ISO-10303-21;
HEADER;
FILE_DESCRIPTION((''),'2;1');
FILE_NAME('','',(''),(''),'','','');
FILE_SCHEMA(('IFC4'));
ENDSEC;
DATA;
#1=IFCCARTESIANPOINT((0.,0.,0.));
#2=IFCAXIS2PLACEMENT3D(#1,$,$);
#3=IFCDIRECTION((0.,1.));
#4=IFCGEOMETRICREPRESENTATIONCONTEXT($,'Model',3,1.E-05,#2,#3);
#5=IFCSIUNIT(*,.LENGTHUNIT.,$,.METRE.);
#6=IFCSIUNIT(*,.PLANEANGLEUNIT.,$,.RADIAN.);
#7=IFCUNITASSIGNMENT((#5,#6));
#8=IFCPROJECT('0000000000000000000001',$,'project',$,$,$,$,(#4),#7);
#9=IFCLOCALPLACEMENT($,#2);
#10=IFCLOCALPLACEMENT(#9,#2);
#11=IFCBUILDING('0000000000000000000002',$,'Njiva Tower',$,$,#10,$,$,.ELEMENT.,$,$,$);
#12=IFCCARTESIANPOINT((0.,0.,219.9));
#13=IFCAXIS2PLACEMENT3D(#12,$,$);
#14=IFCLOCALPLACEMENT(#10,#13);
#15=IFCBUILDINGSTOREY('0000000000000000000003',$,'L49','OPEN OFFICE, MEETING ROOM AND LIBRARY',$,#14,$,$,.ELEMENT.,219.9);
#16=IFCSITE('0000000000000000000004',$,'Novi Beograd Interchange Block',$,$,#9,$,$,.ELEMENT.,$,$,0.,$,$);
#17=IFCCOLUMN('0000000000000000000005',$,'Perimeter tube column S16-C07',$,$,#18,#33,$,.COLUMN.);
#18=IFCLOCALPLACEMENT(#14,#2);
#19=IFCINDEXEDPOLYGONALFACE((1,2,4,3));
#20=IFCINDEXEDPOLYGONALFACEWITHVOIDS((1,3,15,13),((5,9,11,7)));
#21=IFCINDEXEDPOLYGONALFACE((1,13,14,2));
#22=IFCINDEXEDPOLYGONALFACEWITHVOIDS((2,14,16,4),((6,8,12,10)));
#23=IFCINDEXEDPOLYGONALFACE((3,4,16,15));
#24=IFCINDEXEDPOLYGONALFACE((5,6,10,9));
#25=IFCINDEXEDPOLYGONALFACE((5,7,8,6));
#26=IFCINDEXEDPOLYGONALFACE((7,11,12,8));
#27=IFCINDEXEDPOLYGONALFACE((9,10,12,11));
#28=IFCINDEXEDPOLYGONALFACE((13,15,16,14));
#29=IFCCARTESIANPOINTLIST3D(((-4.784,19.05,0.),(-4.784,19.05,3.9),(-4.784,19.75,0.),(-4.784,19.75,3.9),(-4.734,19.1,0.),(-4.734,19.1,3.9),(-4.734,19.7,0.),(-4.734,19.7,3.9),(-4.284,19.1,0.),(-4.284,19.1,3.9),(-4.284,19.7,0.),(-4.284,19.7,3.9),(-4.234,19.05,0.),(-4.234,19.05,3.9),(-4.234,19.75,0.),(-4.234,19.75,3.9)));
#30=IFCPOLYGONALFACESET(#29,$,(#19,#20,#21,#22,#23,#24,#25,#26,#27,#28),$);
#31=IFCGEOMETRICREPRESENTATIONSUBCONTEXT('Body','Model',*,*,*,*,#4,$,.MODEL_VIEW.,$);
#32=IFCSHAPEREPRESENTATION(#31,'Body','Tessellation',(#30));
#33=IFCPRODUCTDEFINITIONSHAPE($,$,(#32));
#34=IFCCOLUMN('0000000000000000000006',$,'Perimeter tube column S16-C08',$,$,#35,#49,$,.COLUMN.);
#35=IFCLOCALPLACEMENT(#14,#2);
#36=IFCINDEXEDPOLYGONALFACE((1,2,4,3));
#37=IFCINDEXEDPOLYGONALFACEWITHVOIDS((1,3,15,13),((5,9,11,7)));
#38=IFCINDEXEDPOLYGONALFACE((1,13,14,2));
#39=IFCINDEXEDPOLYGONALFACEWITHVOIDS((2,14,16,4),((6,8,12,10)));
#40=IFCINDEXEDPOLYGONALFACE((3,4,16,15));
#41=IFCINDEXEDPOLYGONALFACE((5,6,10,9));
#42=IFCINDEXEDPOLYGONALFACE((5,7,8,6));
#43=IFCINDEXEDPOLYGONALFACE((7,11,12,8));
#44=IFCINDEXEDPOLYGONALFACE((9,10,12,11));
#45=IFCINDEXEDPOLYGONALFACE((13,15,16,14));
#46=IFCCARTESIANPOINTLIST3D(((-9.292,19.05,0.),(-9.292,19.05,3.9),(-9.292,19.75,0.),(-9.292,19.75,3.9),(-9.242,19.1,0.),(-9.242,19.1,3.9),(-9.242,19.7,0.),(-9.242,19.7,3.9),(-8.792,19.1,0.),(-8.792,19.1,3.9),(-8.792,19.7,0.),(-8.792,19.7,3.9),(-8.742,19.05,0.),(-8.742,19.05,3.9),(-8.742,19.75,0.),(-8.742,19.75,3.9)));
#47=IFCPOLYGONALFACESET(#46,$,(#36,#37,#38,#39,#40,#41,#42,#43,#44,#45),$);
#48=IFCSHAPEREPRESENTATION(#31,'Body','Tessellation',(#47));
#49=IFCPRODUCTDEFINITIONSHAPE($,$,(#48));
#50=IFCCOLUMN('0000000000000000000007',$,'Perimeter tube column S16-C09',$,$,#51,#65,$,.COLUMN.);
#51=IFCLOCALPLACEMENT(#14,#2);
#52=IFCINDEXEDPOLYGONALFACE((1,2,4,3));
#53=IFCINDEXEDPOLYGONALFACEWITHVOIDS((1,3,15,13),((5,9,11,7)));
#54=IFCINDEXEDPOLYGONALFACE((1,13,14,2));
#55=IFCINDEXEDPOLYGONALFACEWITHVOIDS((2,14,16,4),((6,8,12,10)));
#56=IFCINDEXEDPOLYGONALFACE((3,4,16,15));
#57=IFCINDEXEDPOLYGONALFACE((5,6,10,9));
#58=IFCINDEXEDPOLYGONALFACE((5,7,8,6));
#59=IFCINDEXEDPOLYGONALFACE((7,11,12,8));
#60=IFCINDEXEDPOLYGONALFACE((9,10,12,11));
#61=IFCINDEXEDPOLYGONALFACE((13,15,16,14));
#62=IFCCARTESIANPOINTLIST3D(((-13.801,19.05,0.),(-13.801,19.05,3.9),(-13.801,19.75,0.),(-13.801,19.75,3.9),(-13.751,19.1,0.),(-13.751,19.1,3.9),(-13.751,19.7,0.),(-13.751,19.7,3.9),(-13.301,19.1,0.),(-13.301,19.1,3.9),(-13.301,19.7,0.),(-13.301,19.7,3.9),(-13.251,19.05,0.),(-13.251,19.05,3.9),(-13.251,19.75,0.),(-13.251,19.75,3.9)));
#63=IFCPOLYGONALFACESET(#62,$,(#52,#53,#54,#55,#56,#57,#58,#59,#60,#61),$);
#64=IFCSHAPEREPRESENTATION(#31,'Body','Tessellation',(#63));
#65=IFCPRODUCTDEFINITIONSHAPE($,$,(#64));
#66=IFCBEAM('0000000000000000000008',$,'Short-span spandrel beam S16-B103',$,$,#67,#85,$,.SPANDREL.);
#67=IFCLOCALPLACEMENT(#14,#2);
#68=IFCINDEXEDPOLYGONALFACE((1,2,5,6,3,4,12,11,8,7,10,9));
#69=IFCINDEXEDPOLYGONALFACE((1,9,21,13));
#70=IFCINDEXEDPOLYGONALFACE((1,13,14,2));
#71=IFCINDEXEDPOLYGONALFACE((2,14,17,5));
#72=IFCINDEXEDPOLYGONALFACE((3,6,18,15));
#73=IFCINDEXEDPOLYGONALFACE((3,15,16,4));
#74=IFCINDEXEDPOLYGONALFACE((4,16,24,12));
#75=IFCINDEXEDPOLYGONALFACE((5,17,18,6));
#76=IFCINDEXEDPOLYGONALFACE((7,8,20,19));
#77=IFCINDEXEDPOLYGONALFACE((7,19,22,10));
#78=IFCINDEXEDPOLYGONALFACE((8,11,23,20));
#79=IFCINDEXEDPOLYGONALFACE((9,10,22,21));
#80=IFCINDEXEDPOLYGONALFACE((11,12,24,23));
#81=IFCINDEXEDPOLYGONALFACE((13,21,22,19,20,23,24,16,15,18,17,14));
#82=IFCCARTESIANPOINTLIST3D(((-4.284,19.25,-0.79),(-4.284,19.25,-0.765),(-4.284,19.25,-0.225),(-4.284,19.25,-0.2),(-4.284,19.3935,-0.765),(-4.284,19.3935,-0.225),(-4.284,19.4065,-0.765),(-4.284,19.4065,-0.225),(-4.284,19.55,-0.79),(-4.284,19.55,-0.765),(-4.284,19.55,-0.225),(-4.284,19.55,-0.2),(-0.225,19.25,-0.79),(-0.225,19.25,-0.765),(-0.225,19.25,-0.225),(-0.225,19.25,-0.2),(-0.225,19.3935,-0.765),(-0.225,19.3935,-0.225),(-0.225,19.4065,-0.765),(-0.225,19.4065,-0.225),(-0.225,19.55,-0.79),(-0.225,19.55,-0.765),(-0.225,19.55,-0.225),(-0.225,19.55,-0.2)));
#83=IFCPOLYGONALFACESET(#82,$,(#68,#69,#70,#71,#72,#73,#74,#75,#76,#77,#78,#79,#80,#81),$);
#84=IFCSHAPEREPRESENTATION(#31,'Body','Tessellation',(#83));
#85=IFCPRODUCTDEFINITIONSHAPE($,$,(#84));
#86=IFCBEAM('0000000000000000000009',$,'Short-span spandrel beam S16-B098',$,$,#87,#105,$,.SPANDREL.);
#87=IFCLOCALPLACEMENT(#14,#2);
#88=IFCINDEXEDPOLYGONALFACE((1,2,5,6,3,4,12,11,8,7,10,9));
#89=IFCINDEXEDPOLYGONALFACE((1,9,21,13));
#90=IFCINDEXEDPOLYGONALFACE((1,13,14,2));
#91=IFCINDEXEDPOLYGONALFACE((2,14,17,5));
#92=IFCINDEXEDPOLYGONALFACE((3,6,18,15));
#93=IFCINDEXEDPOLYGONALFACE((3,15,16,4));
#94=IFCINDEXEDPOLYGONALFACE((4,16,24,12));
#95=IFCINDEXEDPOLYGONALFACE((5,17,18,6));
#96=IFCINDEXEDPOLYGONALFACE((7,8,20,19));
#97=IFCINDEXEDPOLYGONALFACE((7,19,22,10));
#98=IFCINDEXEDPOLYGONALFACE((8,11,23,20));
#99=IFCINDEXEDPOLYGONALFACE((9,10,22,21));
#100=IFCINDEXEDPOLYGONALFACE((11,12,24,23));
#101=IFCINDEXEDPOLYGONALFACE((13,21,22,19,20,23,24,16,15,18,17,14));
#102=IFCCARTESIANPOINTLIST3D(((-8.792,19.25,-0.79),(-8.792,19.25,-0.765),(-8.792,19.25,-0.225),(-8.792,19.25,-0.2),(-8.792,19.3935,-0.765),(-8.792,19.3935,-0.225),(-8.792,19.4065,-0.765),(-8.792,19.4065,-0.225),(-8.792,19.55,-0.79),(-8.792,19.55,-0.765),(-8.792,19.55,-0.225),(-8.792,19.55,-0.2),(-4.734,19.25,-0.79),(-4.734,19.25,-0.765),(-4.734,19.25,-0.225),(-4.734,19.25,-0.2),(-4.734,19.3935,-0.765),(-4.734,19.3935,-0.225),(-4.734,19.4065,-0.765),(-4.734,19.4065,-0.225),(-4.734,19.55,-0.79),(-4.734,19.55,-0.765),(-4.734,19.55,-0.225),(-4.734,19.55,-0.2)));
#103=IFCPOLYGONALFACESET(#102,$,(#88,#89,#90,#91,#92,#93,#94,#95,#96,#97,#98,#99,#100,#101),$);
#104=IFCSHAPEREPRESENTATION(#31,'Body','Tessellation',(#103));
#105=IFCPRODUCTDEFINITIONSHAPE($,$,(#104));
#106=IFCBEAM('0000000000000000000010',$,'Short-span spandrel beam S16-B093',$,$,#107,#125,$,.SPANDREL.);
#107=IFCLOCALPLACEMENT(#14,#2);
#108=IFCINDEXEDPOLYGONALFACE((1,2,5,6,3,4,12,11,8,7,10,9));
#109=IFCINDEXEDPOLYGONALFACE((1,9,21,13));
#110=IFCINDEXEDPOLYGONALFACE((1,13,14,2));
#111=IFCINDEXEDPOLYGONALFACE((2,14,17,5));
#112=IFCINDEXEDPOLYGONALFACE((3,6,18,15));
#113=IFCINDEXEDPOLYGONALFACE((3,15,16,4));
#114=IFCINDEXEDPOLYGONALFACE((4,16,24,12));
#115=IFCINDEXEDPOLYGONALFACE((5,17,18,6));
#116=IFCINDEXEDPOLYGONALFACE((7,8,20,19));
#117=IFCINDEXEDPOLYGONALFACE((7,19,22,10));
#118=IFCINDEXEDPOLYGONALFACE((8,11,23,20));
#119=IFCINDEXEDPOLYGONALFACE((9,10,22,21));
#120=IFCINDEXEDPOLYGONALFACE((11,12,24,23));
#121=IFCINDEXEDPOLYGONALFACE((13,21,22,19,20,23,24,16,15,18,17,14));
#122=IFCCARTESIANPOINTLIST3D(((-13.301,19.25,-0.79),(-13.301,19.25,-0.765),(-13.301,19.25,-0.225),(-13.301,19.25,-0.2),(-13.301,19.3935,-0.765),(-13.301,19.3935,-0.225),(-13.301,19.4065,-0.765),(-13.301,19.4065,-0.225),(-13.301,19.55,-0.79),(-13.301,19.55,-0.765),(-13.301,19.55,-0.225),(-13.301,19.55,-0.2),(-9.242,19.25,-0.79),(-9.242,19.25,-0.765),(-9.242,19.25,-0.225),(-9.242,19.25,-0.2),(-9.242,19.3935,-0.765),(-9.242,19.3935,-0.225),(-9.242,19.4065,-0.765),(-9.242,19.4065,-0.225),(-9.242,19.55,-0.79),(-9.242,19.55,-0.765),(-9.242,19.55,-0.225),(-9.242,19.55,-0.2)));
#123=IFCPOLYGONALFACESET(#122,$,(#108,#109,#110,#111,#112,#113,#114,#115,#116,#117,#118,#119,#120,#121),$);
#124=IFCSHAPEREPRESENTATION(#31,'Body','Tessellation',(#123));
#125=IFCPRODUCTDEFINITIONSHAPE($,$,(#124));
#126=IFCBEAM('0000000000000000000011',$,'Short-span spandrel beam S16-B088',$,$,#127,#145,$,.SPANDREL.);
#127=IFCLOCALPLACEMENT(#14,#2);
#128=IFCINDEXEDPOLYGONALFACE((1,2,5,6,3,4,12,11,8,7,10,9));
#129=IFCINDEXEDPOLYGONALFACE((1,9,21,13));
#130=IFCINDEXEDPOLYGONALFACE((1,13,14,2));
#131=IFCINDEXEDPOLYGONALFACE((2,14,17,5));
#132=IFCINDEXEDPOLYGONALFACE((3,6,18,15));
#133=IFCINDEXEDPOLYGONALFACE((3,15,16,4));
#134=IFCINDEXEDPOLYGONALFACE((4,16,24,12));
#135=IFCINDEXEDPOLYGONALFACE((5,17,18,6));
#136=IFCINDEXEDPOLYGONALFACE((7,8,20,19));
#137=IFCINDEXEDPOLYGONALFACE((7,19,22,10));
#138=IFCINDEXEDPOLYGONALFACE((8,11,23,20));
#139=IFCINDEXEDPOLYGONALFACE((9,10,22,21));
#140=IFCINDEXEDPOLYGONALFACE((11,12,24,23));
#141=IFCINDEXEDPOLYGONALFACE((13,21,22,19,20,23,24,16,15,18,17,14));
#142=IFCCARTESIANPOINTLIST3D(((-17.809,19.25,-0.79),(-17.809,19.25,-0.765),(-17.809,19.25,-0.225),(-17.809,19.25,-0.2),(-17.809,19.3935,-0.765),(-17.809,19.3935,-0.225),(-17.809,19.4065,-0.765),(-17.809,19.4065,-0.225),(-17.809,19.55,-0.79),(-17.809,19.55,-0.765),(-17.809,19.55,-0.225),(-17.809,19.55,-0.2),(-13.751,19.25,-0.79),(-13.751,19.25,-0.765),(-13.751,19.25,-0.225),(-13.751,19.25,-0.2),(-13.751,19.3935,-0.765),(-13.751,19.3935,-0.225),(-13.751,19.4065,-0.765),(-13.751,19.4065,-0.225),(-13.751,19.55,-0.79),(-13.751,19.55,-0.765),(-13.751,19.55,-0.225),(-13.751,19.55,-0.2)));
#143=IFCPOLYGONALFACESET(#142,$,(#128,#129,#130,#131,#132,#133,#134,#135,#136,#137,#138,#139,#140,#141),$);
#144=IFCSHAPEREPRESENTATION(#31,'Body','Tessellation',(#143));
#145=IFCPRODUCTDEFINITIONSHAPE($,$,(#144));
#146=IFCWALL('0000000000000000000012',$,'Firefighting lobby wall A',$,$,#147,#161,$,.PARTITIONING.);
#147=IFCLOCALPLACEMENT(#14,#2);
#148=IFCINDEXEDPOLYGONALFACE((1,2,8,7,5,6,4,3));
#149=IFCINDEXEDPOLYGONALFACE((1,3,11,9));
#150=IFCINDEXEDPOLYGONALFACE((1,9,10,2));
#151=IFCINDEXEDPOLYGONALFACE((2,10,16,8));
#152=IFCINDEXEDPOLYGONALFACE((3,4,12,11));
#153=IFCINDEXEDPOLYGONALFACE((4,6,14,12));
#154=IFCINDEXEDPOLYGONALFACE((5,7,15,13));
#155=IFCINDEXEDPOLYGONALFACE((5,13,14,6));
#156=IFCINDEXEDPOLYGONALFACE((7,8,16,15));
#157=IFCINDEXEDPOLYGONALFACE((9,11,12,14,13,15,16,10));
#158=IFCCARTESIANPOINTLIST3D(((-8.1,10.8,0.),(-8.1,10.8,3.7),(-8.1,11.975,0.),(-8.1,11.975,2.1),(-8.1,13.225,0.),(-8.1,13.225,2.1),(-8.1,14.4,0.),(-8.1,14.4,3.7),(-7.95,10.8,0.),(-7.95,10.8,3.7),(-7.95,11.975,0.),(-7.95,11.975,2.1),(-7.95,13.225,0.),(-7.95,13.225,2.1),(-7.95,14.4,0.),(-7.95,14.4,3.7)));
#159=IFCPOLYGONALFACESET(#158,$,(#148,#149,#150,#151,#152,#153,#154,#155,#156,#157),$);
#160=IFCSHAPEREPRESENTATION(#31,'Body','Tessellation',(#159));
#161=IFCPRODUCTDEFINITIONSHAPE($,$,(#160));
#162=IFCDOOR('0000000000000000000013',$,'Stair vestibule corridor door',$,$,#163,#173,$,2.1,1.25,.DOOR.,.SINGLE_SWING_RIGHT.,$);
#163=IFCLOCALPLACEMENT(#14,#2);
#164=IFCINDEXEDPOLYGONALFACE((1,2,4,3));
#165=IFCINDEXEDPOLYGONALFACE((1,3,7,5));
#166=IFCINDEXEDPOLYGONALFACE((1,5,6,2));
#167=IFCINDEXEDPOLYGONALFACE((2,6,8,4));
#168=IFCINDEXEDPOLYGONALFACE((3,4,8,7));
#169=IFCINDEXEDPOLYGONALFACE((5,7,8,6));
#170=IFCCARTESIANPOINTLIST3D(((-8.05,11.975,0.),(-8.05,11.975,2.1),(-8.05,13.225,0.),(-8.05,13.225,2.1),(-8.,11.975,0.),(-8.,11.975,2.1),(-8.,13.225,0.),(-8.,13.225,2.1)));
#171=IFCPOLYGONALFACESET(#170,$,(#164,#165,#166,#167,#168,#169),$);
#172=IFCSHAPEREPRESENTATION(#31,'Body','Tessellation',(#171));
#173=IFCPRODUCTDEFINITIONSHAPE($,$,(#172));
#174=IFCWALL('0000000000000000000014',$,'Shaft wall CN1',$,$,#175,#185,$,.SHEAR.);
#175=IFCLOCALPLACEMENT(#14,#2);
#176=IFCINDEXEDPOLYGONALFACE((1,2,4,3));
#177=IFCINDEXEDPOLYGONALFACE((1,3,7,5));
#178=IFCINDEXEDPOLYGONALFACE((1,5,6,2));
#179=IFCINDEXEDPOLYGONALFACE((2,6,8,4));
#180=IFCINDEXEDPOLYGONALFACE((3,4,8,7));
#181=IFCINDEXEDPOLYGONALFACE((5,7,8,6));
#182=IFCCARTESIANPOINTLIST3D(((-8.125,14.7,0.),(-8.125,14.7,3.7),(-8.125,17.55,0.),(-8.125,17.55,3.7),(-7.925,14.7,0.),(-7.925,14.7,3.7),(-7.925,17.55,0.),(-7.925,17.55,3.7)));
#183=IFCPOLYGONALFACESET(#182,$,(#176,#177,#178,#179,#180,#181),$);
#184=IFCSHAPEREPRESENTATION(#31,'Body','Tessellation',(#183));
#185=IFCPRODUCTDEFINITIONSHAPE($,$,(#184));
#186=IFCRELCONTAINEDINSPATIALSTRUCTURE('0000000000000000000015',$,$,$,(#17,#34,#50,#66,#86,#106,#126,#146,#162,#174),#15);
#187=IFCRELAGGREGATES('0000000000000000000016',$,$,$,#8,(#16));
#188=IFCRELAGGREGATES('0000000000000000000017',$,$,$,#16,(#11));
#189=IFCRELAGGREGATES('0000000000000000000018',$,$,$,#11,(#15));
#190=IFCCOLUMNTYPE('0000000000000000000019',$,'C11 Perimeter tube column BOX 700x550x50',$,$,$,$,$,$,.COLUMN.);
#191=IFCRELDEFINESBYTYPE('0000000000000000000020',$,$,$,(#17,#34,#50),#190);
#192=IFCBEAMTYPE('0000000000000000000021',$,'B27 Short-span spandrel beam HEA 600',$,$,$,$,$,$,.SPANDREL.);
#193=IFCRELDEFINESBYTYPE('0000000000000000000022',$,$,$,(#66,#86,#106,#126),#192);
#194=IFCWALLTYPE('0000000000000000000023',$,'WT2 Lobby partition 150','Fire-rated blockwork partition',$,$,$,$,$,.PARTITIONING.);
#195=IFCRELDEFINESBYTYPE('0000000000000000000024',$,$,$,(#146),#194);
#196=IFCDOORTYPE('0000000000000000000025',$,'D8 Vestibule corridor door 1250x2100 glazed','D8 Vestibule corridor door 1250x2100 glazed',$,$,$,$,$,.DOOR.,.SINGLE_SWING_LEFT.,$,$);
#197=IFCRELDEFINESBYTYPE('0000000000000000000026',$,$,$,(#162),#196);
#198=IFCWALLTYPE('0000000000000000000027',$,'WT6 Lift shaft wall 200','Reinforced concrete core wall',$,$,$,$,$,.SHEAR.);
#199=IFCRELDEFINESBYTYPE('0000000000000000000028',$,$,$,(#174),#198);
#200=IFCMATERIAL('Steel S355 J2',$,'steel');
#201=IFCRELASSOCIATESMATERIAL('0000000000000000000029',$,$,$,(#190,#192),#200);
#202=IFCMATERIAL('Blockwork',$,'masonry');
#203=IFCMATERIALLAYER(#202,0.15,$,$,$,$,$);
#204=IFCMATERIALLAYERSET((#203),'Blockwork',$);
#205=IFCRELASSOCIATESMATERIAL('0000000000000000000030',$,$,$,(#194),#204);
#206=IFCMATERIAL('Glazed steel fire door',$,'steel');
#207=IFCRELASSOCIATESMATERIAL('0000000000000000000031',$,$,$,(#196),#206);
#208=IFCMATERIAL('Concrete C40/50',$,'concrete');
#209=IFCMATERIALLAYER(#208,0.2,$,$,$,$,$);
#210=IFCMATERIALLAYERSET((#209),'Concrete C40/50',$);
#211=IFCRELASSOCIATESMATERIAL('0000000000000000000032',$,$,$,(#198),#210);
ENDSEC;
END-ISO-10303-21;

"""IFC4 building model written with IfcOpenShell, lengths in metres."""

from ifc_helpers import new_model, si_unit, direction, frame, frame_2d, origin, origin_2d, place, context, subcontext, project, spatial, rectangle, hollow_rectangle, i_section, extrude, material, layer, layer_set, material_profile, profile_set, type_object, element, fill, save


model = new_model("IFC4")

# Units and contexts
model_context = context("Model", 3, precision=1e-05, world=origin(), true_north=direction((0.0, 1.0)))
body_context = subcontext(model_context, "Body", "Model", "MODEL_VIEW")
ifc_project = project(units=[si_unit("LENGTHUNIT", "METRE"), si_unit("PLANEANGLEUNIT", "RADIAN")], contexts=[model_context])

# Site, building, storey
site_placement = place(None, origin())
site = spatial("IfcSite", under=ifc_project, at=site_placement, Name="Novi Beograd Interchange Block", CompositionType="ELEMENT", RefElevation=0.0)
building_placement = place(site_placement, origin())
building = spatial("IfcBuilding", under=site, at=building_placement, Name="Njiva Tower", CompositionType="ELEMENT")
storey_placement = place(building_placement, frame((0.0, 0.0, 219.9)))
storey = spatial("IfcBuildingStorey", under=building, at=storey_placement, Name="L49", Description="OPEN OFFICE, MEETING ROOM AND LIBRARY", CompositionType="ELEMENT", Elevation=219.9)

# Columns
ifc_material_1 = material(Name="Steel S355 J2", Category="steel")
ifc_material_profile_1 = material_profile(ifc_material_1, hollow_rectangle(XDim=0.55, YDim=0.7, WallThickness=0.05, at=origin_2d()), Name="BOX 700x550x50")
ifc_profile_set_1 = profile_set([ifc_material_profile_1], Name="Steel S355 J2")
column_type = type_object("IfcColumnType", Name="C11 Perimeter tube column BOX 700x550x50", PredefinedType="COLUMN", material=ifc_profile_set_1)
for number, where, z_axis, x_axis, name in (
    (1, (-4.509, 19.4, 0.0), (0.0, 0.0, 1.0), (-1.0, 0.0, 0.0), "Perimeter tube column S16-C07"),
    (2, (-9.017, 19.4, 0.0), (0.0, 0.0, 1.0), (-1.0, 0.0, 0.0), "Perimeter tube column S16-C08"),
    (3, (-13.526, 19.4, 0.0), (0.0, 0.0, 1.0), (-1.0, 0.0, 0.0), "Perimeter tube column S16-C09"),
):
    element("IfcColumn", number, at=place(storey_placement, frame(where, z_axis=z_axis, x_axis=x_axis)), inside=storey, type_object=column_type, Name=name, PredefinedType="COLUMN", context=body_context, shape_type="SweptSolid", body=[
        extrude(hollow_rectangle(XDim=0.55, YDim=0.7, WallThickness=0.05, at=origin_2d()), origin(), (0.0, 0.0, 1.0), 3.9),
    ])

# Beams
ifc_material_profile_2 = material_profile(ifc_material_1, i_section(OverallWidth=0.3, OverallDepth=0.59, WebThickness=0.013, FlangeThickness=0.025, at=origin_2d()), Name="HEA 600")
ifc_profile_set_2 = profile_set([ifc_material_profile_2], Name="Steel S355 J2")
beam_type = type_object("IfcBeamType", Name="B27 Short-span spandrel beam HEA 600", PredefinedType="SPANDREL", material=ifc_profile_set_2)
beam_1_placement = place(storey_placement, frame((-0.225, 19.4, -0.495), z_axis=(-1.0, 0.0, 0.0), x_axis=(0.0, -1.0, 0.0)))
element("IfcBeam", 4, at=beam_1_placement, inside=storey, type_object=beam_type, Name="Short-span spandrel beam S16-B103", PredefinedType="SPANDREL", context=body_context, shape_type="SweptSolid", body=[
    extrude(i_section(OverallWidth=0.3, OverallDepth=0.59, WebThickness=0.013, FlangeThickness=0.025, at=origin_2d()), origin(), (0.0, 0.0, 1.0), 4.059),
])
beam_2_placement = place(storey_placement, frame((-4.734, 19.4, -0.495), z_axis=(-1.0, 0.0, 0.0), x_axis=(0.0, -1.0, 0.0)))
element("IfcBeam", 5, at=beam_2_placement, inside=storey, type_object=beam_type, Name="Short-span spandrel beam S16-B098", PredefinedType="SPANDREL", context=body_context, shape_type="SweptSolid", body=[
    extrude(i_section(OverallWidth=0.3, OverallDepth=0.59, WebThickness=0.013, FlangeThickness=0.025, at=origin_2d()), origin(), (0.0, 0.0, 1.0), 4.058),
])
beam_3_placement = place(storey_placement, frame((-9.242, 19.4, -0.495), z_axis=(-1.0, 0.0, 0.0), x_axis=(0.0, -1.0, 0.0)))
element("IfcBeam", 6, at=beam_3_placement, inside=storey, type_object=beam_type, Name="Short-span spandrel beam S16-B093", PredefinedType="SPANDREL", context=body_context, shape_type="SweptSolid", body=[
    extrude(i_section(OverallWidth=0.3, OverallDepth=0.59, WebThickness=0.013, FlangeThickness=0.025, at=origin_2d()), origin(), (0.0, 0.0, 1.0), 4.059),
])
beam_4_placement = place(storey_placement, frame((-13.751, 19.4, -0.495), z_axis=(-1.0, 0.0, 0.0), x_axis=(0.0, -1.0, 0.0)))
element("IfcBeam", 7, at=beam_4_placement, inside=storey, type_object=beam_type, Name="Short-span spandrel beam S16-B088", PredefinedType="SPANDREL", context=body_context, shape_type="SweptSolid", body=[
    extrude(i_section(OverallWidth=0.3, OverallDepth=0.59, WebThickness=0.013, FlangeThickness=0.025, at=origin_2d()), origin(), (0.0, 0.0, 1.0), 4.058),
])

# Wall, opening, door
ifc_material_2 = material(Name="Blockwork", Category="masonry")
ifc_layer_1 = layer(ifc_material_2, 0.15)
ifc_layer_set_1 = layer_set([ifc_layer_1], Name="Blockwork")
wall_type_1 = type_object("IfcWallType", Name="WT2 Lobby partition 150", Description="Fire-rated blockwork partition", PredefinedType="PARTITIONING", material=ifc_layer_set_1)
wall_1_placement = place(storey_placement, frame((-8.025, 10.8, 0.0), z_axis=(0.0, 0.0, 1.0), x_axis=(0.0, 1.0, 0.0)))
wall_1 = element("IfcWall", 8, at=wall_1_placement, inside=storey, type_object=wall_type_1, Name="Firefighting lobby wall A", PredefinedType="PARTITIONING", context=body_context, shape_type="SweptSolid", body=[
    extrude(rectangle(XDim=3.6, YDim=0.15, at=frame_2d((1.8, 0.0))), origin(), (0.0, 0.0, 1.0), 3.7),
])
opening_1_placement = place(wall_1_placement, frame((1.175, 0.0, 0.0)))
opening_1 = element("IfcOpeningElement", 9, at=opening_1_placement, cuts=wall_1, PredefinedType="OPENING", context=body_context, shape_type="SweptSolid", body=[
    extrude(rectangle(XDim=1.25, YDim=2.1, at=frame_2d((0.625, 1.05))), frame((0.0, 0.085, 0.0), z_axis=(0.0, -1.0, 0.0), x_axis=(1.0, 0.0, 0.0)), (0.0, 0.0, 1.0), 0.17),
])
ifc_material_3 = material(Name="Glazed steel fire door", Category="steel")
door_type_1 = type_object("IfcDoorType", Name="D8 Vestibule corridor door 1250x2100 glazed", Description="D8 Vestibule corridor door 1250x2100 glazed", OperationType="SINGLE_SWING_LEFT", PredefinedType="DOOR", material=ifc_material_3)
door_1_placement = place(opening_1_placement, origin())
door_1 = element("IfcDoor", 10, at=door_1_placement, inside=storey, type_object=door_type_1, Name="Stair vestibule corridor door", OperationType="SINGLE_SWING_RIGHT", OverallHeight=2.1, OverallWidth=1.25, PredefinedType="DOOR", context=body_context, shape_type="SweptSolid", body=[
    extrude(rectangle(XDim=1.25, YDim=2.1, at=frame_2d((0.625, 1.05))), frame((0.0, 0.025, 0.0), z_axis=(0.0, -1.0, 0.0), x_axis=(1.0, 0.0, 0.0)), (0.0, 0.0, 1.0), 0.05),
])
fill(opening_1, door_1)

# Wall
ifc_material_4 = material(Name="Concrete C40/50", Category="concrete")
ifc_layer_2 = layer(ifc_material_4, 0.2)
ifc_layer_set_2 = layer_set([ifc_layer_2], Name="Concrete C40/50")
wall_type_2 = type_object("IfcWallType", Name="WT6 Lift shaft wall 200", Description="Reinforced concrete core wall", PredefinedType="SHEAR", material=ifc_layer_set_2)
for number, where, z_axis, x_axis, name in (
    (11, (-8.025, 14.7, 0.0), (0.0, 0.0, 1.0), (0.0, 1.0, 0.0), "Shaft wall CN1"),
):
    element("IfcWall", number, at=place(storey_placement, frame(where, z_axis=z_axis, x_axis=x_axis)), inside=storey, type_object=wall_type_2, Name=name, PredefinedType="SHEAR", context=body_context, shape_type="SweptSolid", body=[
        extrude(rectangle(XDim=2.85, YDim=0.2, at=frame_2d((1.425, 0.0))), origin(), (0.0, 0.0, 1.0), 3.7),
    ])

save(model, "model.ifc")
